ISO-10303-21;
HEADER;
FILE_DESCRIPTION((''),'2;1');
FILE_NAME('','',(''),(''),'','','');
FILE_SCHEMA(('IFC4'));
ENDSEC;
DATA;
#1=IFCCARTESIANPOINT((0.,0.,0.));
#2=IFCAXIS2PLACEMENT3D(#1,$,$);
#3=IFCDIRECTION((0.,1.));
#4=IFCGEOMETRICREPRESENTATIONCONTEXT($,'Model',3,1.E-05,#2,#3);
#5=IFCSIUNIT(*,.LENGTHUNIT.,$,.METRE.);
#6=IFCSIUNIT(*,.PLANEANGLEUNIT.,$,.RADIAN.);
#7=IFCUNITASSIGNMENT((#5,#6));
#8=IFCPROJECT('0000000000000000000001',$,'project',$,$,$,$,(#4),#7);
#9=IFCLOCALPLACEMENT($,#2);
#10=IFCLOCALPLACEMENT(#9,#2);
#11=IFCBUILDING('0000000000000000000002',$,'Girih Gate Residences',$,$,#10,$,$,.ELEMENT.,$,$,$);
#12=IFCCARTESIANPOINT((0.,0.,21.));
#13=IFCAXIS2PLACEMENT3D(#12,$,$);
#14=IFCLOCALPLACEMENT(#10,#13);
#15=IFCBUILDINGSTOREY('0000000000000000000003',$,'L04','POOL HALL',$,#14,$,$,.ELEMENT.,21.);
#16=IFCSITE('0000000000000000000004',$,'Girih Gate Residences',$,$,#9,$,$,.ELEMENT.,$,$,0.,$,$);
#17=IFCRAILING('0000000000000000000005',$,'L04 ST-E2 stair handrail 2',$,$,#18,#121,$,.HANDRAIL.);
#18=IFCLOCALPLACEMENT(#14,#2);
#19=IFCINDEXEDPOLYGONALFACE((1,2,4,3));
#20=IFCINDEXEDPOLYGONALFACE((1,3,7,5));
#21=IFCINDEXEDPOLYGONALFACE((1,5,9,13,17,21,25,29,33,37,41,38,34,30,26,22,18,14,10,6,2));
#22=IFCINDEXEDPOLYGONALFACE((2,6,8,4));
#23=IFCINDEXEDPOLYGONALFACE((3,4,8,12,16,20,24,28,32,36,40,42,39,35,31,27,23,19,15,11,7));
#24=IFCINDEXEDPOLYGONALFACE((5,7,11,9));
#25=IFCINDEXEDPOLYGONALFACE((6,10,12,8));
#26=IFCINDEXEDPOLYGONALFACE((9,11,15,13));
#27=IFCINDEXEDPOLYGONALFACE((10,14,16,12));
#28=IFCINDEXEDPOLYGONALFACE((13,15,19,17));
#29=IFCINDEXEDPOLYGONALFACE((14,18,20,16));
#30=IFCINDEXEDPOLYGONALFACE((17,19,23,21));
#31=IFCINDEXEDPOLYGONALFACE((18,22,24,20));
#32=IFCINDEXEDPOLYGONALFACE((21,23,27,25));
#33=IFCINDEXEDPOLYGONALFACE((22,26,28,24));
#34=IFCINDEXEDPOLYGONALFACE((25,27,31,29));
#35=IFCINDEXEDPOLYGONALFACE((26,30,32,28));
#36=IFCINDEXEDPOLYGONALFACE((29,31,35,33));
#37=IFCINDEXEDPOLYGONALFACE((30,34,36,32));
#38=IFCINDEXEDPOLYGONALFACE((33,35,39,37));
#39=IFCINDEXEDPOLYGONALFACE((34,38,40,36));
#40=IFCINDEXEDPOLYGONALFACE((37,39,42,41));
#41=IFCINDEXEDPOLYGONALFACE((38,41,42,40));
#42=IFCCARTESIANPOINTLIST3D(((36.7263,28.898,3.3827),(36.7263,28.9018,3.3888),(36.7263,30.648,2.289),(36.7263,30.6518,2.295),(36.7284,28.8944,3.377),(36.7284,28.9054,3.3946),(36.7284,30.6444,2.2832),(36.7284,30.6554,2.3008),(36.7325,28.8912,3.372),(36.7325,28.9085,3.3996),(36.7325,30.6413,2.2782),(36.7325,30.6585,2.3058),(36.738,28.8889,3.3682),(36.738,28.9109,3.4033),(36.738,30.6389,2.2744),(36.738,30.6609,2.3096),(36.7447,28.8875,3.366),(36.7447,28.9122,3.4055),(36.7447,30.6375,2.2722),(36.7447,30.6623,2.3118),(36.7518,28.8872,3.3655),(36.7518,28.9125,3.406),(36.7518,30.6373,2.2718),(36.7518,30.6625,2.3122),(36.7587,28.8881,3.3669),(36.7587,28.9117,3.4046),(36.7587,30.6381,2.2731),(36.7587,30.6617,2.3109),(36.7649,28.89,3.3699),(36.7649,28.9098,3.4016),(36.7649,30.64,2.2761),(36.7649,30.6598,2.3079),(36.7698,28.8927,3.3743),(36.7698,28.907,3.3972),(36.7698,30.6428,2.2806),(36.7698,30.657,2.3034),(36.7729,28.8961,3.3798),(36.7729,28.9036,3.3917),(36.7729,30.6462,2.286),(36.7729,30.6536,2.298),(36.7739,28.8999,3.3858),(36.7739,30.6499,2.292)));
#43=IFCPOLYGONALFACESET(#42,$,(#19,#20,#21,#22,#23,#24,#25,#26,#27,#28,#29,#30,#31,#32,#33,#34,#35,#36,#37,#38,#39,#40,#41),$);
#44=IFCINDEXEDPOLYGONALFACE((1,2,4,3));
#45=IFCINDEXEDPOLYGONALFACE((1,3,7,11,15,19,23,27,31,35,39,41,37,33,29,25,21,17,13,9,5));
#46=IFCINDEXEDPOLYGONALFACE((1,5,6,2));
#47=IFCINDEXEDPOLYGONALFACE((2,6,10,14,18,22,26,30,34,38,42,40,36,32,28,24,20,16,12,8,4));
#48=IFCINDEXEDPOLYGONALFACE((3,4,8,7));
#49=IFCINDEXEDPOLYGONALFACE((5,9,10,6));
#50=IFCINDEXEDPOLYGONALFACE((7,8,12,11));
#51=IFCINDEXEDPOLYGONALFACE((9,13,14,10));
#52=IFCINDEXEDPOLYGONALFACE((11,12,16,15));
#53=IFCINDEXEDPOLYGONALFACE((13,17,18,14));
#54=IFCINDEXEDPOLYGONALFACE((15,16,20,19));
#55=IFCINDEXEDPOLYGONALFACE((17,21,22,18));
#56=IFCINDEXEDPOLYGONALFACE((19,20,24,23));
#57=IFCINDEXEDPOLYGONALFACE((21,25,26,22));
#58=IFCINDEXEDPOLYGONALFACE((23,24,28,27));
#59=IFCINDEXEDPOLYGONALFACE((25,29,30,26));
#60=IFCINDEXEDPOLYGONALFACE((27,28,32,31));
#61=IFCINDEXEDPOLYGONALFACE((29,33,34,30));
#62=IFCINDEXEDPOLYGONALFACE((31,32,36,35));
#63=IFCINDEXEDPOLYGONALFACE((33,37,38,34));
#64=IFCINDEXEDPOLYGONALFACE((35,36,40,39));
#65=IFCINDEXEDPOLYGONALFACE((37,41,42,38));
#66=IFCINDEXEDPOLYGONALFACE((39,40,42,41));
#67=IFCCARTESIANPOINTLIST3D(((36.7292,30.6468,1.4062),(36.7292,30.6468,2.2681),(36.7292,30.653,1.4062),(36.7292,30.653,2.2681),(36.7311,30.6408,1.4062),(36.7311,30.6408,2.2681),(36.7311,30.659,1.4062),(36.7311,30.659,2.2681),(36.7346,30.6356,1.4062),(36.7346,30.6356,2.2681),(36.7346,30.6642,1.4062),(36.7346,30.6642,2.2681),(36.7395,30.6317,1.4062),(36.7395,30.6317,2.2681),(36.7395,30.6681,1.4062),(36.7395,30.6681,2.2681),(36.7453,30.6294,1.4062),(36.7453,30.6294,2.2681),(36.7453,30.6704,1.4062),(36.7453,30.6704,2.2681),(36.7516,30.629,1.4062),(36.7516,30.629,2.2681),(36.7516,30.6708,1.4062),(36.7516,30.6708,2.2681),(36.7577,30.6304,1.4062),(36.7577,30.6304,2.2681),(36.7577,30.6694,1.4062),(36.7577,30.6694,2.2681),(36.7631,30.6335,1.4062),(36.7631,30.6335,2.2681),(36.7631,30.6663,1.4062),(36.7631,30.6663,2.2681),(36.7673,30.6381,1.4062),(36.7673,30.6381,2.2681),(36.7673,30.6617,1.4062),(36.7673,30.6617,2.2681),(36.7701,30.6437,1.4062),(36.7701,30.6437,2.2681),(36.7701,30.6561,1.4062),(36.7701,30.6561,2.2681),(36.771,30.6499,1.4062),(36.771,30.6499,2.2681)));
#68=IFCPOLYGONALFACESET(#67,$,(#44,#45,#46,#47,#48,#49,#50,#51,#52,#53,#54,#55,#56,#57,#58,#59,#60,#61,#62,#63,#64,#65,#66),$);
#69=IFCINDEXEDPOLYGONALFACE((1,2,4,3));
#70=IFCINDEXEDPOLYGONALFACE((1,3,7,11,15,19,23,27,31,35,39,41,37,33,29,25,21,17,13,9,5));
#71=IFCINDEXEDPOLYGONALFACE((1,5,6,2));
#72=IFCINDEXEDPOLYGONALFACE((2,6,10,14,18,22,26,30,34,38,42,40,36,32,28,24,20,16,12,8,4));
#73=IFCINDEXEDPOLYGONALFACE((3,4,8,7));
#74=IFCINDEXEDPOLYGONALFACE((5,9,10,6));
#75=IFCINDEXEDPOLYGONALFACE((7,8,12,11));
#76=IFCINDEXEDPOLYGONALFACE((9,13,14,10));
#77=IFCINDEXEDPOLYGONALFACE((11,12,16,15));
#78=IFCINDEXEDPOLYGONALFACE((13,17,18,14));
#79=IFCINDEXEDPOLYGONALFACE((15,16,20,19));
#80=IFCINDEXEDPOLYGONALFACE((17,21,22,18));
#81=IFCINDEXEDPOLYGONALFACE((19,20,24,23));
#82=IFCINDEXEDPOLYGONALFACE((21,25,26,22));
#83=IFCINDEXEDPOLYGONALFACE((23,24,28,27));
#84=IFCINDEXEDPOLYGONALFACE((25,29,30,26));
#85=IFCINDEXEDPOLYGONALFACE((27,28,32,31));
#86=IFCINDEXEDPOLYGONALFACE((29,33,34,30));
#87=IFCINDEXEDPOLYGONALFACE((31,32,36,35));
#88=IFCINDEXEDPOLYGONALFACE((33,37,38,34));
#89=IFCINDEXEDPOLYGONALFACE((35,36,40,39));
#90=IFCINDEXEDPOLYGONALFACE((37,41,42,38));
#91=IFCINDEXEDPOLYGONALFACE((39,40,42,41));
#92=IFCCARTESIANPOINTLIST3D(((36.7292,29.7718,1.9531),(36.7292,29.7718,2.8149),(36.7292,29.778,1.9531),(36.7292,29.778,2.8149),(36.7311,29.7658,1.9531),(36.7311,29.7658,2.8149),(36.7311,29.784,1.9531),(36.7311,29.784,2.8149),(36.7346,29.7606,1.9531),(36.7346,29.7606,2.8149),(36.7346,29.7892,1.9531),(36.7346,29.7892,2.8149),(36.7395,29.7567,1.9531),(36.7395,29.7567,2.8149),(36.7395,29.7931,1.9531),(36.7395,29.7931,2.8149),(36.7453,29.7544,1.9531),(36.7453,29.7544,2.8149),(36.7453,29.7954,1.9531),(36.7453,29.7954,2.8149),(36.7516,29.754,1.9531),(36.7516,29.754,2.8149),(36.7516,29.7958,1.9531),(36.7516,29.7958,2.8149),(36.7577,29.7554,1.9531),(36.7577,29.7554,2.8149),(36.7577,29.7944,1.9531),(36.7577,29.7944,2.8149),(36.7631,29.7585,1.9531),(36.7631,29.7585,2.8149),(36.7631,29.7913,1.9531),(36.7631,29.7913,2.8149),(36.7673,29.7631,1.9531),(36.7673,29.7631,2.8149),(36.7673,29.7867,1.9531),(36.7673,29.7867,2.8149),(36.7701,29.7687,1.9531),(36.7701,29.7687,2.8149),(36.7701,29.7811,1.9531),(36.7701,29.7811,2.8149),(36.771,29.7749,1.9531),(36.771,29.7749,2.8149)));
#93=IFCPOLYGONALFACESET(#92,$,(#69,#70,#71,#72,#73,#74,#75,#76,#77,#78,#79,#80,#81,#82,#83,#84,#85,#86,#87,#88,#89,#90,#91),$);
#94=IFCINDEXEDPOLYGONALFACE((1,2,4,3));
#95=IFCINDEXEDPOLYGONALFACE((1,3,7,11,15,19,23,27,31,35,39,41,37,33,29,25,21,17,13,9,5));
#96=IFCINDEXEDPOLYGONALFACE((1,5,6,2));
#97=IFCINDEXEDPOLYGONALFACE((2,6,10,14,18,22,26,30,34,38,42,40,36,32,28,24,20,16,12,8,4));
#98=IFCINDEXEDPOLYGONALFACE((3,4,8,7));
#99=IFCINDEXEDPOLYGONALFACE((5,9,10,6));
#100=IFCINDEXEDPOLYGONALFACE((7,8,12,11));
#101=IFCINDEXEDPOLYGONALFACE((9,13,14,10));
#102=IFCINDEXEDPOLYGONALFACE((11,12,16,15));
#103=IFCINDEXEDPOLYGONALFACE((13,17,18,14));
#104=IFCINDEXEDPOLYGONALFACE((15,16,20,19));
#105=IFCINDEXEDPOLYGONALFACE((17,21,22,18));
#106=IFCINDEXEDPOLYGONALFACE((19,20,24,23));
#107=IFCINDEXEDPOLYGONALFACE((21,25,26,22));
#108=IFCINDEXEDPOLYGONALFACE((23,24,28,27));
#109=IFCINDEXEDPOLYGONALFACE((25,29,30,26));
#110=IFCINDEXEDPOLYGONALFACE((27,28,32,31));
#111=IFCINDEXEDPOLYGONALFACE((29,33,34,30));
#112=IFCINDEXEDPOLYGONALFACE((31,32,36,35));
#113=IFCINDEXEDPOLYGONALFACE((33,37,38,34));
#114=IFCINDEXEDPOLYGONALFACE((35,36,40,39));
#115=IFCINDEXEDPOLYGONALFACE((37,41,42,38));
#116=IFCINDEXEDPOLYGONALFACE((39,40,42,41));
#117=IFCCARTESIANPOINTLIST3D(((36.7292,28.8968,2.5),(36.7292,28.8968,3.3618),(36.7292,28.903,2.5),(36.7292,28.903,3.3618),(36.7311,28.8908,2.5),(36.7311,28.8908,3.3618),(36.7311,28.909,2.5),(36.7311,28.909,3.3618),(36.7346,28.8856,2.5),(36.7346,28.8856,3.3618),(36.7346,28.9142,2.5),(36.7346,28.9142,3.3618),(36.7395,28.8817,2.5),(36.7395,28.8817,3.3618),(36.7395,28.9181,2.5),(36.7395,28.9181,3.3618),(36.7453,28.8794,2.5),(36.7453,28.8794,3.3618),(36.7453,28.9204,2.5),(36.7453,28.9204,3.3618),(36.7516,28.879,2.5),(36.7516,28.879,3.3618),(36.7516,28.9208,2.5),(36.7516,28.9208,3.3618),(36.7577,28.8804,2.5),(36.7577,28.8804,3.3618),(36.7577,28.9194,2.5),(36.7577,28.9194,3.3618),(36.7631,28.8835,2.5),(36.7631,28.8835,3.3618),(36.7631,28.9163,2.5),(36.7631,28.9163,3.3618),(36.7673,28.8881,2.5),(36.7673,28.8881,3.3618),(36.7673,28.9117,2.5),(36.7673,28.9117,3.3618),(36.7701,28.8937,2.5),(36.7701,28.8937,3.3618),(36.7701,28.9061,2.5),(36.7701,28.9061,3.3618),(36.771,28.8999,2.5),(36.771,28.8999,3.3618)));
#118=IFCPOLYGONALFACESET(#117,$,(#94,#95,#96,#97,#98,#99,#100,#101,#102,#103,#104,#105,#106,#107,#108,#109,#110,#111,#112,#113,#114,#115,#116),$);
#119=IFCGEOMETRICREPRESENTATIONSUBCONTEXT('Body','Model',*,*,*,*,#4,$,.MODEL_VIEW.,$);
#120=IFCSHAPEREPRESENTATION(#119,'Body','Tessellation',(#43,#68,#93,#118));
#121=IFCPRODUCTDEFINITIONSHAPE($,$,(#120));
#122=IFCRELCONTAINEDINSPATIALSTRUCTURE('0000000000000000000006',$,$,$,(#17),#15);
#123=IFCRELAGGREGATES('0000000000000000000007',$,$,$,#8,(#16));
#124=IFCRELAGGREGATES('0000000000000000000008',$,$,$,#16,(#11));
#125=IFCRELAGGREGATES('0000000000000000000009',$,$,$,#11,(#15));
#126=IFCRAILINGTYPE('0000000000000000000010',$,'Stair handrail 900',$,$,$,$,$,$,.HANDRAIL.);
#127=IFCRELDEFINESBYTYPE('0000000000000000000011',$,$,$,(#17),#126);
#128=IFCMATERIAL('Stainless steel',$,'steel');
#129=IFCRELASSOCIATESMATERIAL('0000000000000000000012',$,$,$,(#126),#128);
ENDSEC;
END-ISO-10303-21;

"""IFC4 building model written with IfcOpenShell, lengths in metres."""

from ifc_helpers import new_model, si_unit, direction, frame, origin, origin_2d, place, context, subcontext, project, spatial, circle, extrude, material, type_object, element, save


model = new_model("IFC4")

# Units and contexts
model_context = context("Model", 3, precision=1e-05, world=origin(), true_north=direction((0.0, 1.0)))
body_context = subcontext(model_context, "Body", "Model", "MODEL_VIEW")
ifc_project = project(units=[si_unit("LENGTHUNIT", "METRE"), si_unit("PLANEANGLEUNIT", "RADIAN")], contexts=[model_context])

# Site, building, storey
site_placement = place(None, origin())
site = spatial("IfcSite", under=ifc_project, at=site_placement, Name="Girih Gate Residences", CompositionType="ELEMENT", RefElevation=0.0)
building_placement = place(site_placement, origin())
building = spatial("IfcBuilding", under=site, at=building_placement, Name="Girih Gate Residences", CompositionType="ELEMENT")
storey_placement = place(building_placement, frame((0.0, 0.0, 21.0)))
storey = spatial("IfcBuildingStorey", under=building, at=storey_placement, Name="L04", Description="POOL HALL", CompositionType="ELEMENT", Elevation=21.0)

# Railing
ifc_material_1 = material(Name="Stainless steel", Category="steel")
railing_type_1 = type_object("IfcRailingType", Name="Stair handrail 900", PredefinedType="HANDRAIL", material=ifc_material_1)
railing_1_placement = place(storey_placement, frame((36.75, 30.6499, 1.4062)))
element("IfcRailing", 1, at=railing_1_placement, inside=storey, type_object=railing_type_1, Name="L04 ST-E2 stair handrail 2", PredefinedType="HANDRAIL", context=body_context, shape_type="SweptSolid", body=[
    extrude(circle(Radius=0.0239, at=origin_2d()), frame((0.0, 0.0, 0.8857), z_axis=(0.0, -0.847998, 0.529999), x_axis=(1.0, 0.0, 0.0)), (0.0, 0.0, 1.0), 2.0637),
    extrude(circle(Radius=0.021, at=origin_2d()), origin(), (0.0, 0.0, 1.0), 0.8618),
    extrude(circle(Radius=0.021, at=origin_2d()), frame((0.0, -0.875, 0.5469)), (0.0, 0.0, 1.0), 0.8618),
    extrude(circle(Radius=0.021, at=origin_2d()), frame((0.0, -1.75, 1.0938)), (0.0, 0.0, 1.0), 0.8618),
])

save(model, "model.ifc")
